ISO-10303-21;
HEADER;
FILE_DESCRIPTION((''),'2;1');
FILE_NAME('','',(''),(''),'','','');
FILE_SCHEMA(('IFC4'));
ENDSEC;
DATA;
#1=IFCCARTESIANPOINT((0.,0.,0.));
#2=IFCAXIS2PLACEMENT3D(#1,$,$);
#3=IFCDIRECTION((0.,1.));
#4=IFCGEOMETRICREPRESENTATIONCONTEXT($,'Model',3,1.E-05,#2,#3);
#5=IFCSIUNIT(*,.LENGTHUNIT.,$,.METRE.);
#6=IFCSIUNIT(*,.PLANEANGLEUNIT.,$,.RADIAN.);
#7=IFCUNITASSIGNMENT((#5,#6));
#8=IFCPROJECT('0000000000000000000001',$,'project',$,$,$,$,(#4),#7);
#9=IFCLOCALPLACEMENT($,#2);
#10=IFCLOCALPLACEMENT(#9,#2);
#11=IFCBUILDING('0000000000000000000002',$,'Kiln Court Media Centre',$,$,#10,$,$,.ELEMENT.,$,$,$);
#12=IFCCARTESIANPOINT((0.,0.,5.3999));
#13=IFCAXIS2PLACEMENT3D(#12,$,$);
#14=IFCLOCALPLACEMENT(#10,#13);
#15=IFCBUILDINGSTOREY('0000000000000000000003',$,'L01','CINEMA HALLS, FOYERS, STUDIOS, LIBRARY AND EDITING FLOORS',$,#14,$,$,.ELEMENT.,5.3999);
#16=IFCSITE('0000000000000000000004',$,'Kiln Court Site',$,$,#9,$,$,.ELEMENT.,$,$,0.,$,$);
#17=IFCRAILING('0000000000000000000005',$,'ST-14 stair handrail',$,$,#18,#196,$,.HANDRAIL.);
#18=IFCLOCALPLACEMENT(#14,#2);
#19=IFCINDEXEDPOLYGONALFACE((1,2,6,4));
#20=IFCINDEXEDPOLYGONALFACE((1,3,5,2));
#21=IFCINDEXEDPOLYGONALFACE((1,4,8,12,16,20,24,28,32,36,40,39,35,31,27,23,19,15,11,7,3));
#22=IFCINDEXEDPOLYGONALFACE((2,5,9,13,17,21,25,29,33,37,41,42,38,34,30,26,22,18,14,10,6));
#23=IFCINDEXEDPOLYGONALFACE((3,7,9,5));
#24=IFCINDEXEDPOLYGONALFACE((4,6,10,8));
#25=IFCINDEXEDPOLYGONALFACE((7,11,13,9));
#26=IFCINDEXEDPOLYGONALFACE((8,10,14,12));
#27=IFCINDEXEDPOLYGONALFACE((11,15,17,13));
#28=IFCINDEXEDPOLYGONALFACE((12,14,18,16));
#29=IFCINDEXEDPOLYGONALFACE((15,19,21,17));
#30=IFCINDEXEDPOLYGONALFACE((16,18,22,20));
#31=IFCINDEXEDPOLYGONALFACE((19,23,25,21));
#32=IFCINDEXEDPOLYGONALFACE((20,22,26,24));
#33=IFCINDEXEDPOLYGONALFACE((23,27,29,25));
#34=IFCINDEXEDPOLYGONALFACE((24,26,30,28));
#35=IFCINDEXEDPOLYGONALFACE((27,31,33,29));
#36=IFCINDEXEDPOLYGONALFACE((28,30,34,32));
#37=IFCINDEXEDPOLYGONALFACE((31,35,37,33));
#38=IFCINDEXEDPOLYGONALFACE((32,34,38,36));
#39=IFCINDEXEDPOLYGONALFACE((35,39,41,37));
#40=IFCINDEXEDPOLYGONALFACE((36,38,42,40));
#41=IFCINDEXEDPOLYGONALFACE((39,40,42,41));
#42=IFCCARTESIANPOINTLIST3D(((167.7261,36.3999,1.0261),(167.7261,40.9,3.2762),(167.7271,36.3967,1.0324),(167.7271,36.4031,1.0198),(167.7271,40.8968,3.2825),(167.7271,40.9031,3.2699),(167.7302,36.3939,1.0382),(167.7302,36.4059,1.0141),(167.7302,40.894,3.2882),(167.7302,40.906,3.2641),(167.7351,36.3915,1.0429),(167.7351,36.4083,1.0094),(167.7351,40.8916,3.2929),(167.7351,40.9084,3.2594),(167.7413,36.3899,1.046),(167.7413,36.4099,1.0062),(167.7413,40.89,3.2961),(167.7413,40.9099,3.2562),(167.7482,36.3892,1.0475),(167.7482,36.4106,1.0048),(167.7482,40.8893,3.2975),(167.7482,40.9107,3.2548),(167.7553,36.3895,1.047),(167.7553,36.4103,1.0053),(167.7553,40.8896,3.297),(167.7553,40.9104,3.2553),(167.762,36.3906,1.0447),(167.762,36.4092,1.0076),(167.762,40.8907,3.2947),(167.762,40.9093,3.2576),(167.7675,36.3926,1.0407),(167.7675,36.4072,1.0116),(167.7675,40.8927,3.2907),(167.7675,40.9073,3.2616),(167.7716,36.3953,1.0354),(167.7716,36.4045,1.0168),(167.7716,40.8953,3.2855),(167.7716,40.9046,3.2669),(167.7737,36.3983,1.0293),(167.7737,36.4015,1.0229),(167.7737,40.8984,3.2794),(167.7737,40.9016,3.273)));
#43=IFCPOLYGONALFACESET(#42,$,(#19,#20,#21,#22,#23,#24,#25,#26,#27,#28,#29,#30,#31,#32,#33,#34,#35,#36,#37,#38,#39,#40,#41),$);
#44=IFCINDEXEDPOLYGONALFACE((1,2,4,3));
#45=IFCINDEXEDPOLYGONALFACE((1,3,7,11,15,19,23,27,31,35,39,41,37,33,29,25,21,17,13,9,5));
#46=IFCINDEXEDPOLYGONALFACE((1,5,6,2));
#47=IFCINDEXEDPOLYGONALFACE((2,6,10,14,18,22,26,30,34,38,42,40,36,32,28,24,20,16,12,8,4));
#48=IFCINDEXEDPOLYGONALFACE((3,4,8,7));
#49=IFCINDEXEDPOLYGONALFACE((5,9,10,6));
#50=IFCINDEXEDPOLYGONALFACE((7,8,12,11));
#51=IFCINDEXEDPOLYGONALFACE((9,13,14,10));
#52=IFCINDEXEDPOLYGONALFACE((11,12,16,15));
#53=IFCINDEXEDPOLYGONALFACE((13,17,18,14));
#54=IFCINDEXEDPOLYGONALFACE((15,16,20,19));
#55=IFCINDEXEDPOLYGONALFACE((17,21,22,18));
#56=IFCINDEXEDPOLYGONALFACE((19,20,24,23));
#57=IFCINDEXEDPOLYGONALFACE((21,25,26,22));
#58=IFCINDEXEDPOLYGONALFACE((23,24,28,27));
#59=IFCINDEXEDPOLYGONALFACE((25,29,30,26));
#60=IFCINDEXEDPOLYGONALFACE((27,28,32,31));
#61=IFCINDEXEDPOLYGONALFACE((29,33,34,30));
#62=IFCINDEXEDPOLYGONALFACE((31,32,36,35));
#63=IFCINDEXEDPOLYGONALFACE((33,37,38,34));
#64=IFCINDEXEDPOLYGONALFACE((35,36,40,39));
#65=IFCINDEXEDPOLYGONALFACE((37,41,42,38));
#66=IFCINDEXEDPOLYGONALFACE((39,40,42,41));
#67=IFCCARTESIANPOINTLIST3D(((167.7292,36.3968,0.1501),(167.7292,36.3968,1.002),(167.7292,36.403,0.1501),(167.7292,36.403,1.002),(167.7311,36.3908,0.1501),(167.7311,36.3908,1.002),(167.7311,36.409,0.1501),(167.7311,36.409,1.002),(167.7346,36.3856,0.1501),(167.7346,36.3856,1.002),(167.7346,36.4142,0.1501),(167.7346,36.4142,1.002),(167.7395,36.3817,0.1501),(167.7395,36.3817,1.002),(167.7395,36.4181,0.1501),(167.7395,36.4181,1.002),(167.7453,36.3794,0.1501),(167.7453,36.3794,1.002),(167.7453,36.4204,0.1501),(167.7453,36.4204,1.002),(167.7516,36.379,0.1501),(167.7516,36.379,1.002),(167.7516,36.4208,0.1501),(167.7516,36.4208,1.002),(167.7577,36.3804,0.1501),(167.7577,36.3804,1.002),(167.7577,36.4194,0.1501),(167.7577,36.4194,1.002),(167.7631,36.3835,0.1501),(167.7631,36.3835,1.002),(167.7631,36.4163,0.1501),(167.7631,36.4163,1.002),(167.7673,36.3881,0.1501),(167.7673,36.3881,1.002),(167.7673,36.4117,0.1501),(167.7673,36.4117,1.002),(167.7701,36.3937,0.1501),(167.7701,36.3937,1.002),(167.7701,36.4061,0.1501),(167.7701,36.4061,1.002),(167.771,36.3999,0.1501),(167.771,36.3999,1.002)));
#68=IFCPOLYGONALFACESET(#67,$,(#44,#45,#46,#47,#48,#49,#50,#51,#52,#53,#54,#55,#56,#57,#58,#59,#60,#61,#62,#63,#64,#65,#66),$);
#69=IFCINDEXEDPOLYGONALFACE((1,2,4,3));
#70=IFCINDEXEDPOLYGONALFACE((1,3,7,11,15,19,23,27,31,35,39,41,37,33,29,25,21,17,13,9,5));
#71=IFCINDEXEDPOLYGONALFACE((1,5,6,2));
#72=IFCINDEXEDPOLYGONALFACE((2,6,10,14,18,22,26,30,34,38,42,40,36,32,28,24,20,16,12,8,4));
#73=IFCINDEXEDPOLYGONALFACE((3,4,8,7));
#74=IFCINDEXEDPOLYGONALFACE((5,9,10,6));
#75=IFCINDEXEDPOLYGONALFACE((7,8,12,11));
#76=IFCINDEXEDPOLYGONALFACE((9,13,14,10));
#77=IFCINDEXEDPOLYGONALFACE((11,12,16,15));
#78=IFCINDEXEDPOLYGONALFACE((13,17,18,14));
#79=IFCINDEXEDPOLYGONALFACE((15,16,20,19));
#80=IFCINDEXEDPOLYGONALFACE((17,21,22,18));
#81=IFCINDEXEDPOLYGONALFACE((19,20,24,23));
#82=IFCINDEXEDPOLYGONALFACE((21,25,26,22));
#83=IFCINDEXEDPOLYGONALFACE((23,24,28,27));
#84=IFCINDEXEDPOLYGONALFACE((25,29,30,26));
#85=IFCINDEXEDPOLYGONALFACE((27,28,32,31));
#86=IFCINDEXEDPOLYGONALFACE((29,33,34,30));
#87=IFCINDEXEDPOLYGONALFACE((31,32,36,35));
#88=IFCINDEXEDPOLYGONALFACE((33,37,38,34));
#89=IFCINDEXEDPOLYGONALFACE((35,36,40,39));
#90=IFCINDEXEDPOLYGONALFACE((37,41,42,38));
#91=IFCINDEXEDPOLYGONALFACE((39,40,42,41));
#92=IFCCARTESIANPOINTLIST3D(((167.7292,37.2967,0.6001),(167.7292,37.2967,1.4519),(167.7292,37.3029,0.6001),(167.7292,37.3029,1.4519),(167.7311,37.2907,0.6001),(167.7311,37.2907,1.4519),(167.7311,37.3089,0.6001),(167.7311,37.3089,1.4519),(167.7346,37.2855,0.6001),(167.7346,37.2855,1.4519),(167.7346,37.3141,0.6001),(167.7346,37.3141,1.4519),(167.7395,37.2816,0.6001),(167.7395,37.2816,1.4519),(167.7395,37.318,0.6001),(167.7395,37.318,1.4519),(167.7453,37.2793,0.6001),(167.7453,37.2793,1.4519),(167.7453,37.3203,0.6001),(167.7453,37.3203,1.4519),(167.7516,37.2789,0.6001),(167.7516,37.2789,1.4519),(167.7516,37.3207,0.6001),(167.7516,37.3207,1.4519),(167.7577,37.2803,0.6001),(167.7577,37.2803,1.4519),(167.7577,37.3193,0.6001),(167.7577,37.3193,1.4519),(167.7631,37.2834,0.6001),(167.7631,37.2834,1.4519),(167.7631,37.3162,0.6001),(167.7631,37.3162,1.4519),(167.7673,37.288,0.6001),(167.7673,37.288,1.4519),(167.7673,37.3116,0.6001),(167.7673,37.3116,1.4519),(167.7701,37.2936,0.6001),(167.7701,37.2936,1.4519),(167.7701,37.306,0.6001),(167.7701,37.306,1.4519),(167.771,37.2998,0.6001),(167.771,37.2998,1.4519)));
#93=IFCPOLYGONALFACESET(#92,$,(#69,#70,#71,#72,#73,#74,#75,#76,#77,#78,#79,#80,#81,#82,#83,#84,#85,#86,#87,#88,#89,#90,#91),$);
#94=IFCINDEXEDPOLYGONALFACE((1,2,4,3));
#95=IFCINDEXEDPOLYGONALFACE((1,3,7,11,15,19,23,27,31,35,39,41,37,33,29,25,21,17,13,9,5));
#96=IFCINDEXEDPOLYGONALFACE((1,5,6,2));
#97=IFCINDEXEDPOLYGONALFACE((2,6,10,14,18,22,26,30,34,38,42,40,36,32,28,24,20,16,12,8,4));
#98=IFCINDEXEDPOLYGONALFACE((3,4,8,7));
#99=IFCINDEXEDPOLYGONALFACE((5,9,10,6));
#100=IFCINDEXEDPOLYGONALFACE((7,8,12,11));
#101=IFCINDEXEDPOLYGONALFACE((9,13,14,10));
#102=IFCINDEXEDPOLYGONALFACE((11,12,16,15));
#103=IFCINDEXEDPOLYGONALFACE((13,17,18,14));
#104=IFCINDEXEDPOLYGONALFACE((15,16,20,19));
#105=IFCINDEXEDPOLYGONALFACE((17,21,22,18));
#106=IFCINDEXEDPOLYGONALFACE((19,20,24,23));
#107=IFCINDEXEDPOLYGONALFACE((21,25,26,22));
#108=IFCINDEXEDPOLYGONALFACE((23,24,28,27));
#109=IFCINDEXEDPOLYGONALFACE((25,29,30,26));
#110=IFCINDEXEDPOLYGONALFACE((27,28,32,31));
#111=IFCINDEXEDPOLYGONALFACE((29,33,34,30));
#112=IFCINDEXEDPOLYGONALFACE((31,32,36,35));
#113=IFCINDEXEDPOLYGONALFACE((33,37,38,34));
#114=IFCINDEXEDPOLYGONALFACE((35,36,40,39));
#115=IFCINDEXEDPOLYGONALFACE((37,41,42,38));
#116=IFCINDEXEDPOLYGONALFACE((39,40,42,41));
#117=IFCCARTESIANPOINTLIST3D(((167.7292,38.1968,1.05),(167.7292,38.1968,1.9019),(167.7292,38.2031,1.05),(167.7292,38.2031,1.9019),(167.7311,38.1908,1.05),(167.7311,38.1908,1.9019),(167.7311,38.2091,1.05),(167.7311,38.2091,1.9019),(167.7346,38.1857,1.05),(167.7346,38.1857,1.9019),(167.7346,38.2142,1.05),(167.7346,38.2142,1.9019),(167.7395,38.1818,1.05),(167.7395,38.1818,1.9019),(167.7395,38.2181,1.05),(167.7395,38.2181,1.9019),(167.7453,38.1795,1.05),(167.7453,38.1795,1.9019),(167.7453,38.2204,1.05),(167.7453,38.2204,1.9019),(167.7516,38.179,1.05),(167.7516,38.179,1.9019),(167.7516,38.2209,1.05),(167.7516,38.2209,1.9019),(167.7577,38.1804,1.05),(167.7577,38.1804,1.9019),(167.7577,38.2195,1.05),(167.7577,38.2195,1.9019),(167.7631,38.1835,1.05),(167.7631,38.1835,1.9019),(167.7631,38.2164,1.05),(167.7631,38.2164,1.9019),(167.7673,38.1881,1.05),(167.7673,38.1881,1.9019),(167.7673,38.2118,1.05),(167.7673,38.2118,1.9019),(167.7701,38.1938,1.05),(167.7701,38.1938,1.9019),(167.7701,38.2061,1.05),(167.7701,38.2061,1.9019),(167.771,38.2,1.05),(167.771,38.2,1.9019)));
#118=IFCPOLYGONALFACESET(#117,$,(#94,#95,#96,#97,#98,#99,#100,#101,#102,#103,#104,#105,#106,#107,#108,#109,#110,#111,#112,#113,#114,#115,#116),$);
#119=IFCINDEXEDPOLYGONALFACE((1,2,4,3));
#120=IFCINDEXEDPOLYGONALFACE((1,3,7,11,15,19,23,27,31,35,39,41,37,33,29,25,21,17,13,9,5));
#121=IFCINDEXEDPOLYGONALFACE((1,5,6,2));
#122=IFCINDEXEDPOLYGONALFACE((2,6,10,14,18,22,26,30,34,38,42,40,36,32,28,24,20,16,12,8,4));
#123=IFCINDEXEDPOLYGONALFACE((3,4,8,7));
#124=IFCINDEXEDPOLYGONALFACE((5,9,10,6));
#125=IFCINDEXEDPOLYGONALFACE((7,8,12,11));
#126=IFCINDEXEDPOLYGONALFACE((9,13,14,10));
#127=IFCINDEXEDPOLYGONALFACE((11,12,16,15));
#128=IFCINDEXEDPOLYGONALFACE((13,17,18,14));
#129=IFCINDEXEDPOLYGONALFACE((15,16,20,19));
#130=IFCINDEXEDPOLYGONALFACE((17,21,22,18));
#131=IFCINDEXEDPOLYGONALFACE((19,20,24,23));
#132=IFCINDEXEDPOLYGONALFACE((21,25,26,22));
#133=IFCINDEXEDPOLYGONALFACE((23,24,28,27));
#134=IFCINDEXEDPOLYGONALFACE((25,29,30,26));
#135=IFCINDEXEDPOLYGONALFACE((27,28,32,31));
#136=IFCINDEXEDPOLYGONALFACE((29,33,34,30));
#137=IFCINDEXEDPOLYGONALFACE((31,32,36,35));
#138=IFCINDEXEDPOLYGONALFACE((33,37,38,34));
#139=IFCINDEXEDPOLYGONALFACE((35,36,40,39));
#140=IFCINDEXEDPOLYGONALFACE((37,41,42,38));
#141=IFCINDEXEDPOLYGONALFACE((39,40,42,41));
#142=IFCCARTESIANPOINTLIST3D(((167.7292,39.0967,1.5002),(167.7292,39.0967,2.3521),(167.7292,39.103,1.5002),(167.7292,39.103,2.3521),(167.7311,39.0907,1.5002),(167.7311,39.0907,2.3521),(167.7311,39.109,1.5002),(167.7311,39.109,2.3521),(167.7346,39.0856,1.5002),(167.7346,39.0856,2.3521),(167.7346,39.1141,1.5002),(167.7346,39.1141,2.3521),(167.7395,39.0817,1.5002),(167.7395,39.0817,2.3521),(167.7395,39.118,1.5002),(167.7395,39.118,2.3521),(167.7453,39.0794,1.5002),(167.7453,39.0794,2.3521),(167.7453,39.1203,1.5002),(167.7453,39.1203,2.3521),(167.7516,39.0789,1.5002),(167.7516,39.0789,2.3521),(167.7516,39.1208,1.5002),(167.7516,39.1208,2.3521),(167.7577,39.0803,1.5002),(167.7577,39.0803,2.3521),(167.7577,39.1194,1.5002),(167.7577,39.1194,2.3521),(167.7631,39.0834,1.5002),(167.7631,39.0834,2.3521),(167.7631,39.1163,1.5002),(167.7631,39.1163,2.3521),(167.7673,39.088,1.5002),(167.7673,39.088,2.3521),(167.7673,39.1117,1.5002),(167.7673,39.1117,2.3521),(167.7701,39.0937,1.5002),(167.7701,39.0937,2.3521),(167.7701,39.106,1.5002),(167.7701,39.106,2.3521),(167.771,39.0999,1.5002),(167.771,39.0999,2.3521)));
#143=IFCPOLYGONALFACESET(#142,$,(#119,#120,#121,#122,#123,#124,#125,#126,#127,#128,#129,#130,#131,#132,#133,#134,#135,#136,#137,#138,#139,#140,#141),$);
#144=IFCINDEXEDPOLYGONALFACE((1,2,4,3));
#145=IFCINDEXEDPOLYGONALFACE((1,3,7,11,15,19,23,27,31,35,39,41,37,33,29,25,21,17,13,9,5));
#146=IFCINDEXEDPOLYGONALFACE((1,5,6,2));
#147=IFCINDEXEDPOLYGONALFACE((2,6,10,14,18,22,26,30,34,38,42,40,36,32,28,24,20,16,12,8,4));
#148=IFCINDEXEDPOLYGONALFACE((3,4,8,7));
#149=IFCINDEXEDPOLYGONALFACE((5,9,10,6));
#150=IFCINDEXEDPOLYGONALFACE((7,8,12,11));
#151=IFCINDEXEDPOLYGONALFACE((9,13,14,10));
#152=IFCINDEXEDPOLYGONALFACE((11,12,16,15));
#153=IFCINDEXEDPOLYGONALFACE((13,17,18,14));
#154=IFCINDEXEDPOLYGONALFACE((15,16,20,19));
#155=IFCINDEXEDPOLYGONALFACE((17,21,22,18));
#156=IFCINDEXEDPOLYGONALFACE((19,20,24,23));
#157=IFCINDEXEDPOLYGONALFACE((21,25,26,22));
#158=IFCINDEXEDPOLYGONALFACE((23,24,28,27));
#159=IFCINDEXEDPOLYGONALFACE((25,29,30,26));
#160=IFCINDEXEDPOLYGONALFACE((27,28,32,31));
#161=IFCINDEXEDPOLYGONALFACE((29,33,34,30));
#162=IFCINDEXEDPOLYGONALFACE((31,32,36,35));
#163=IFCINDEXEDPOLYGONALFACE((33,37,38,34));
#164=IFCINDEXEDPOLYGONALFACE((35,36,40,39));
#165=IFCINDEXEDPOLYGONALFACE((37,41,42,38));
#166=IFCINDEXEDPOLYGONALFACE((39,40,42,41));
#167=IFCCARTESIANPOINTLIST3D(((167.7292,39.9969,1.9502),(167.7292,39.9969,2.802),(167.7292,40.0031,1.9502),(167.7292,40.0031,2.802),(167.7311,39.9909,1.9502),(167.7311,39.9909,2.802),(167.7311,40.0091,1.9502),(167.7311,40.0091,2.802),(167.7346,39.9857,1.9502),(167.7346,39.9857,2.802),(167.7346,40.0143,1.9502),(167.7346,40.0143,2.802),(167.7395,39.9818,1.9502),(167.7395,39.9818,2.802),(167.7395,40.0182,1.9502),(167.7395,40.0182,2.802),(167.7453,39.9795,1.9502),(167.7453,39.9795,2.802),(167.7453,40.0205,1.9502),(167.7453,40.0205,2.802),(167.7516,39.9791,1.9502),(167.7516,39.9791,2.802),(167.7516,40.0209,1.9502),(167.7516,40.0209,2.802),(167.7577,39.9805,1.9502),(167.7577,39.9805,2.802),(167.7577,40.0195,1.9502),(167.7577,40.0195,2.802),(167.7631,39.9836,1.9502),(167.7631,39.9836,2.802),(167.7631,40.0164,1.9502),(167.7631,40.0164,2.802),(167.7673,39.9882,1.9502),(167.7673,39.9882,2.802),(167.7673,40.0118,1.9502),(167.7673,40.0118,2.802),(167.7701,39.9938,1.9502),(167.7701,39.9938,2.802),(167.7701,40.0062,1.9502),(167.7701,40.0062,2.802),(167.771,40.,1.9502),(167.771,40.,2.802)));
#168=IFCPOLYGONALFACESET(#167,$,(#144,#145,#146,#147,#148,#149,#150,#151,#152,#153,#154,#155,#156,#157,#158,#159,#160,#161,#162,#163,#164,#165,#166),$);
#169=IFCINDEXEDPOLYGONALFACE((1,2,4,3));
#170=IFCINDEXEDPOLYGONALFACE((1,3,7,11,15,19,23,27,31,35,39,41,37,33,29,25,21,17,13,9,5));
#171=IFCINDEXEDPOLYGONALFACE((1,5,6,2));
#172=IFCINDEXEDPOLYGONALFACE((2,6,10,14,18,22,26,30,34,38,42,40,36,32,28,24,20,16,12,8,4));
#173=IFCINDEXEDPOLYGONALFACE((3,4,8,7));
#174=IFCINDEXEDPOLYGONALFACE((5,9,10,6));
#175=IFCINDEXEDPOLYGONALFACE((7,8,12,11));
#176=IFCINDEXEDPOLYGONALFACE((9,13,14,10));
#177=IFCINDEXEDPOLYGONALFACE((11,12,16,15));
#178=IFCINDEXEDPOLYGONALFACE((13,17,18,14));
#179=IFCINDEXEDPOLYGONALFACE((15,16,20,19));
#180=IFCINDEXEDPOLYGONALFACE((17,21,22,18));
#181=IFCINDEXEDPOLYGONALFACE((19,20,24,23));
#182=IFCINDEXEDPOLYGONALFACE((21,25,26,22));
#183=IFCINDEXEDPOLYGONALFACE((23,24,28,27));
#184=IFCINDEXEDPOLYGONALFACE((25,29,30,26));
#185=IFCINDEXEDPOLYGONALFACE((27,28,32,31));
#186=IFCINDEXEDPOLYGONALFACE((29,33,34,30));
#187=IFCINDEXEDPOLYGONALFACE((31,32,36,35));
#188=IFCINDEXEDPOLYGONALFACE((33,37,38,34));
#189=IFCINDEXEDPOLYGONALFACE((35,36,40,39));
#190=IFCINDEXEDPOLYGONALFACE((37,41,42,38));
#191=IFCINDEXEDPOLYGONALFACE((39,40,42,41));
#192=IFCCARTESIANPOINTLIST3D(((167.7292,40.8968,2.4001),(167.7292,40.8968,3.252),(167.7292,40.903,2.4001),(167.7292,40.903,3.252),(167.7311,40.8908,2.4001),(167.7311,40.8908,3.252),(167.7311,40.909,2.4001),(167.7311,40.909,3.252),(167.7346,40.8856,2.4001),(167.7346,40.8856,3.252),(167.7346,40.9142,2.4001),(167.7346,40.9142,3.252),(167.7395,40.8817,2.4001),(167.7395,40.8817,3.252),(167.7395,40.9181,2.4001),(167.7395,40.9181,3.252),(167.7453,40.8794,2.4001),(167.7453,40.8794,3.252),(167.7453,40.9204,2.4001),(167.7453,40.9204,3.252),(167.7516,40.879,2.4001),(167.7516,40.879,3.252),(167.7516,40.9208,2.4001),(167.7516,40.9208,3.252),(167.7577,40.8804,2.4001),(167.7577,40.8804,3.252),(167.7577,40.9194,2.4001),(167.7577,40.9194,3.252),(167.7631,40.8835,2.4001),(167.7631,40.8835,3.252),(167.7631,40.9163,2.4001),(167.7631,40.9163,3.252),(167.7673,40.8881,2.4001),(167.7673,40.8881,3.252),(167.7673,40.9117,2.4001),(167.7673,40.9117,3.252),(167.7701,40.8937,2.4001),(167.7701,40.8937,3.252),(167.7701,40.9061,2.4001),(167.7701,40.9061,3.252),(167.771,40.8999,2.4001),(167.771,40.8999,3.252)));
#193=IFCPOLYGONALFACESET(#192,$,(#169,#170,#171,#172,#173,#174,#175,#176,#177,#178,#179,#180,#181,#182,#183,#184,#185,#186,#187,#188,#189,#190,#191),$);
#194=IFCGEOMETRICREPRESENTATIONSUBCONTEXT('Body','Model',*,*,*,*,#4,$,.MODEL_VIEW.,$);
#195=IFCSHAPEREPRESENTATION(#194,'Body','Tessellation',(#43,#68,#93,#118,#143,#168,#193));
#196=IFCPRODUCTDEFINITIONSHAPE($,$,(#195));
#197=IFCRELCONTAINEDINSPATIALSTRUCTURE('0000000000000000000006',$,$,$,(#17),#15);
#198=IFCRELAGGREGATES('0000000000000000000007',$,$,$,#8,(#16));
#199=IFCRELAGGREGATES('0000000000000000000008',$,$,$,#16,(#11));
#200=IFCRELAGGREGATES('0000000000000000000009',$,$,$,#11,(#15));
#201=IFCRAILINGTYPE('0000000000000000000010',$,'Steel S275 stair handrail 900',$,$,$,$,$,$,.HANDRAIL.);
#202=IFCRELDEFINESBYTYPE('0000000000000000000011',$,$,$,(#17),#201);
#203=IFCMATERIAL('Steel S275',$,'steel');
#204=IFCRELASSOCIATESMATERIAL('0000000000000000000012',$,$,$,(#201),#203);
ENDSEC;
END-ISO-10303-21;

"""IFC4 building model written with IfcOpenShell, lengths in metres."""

from ifc_helpers import new_model, si_unit, direction, frame, origin, origin_2d, place, context, subcontext, project, spatial, circle, extrude, material, type_object, element, save


model = new_model("IFC4")

# Units and contexts
model_context = context("Model", 3, precision=1e-05, world=origin(), true_north=direction((0.0, 1.0)))
body_context = subcontext(model_context, "Body", "Model", "MODEL_VIEW")
ifc_project = project(units=[si_unit("LENGTHUNIT", "METRE"), si_unit("PLANEANGLEUNIT", "RADIAN")], contexts=[model_context])

# Site, building, storey
site_placement = place(None, origin())
site = spatial("IfcSite", under=ifc_project, at=site_placement, Name="Kiln Court Site", CompositionType="ELEMENT", RefElevation=0.0)
building_placement = place(site_placement, origin())
building = spatial("IfcBuilding", under=site, at=building_placement, Name="Kiln Court Media Centre", CompositionType="ELEMENT")
storey_placement = place(building_placement, frame((0.0, 0.0, 5.3999)))
storey = spatial("IfcBuildingStorey", under=building, at=storey_placement, Name="L01", Description="CINEMA HALLS, FOYERS, STUDIOS, LIBRARY AND EDITING FLOORS", CompositionType="ELEMENT", Elevation=5.3999)

# Railing
ifc_material_1 = material(Name="Steel S275", Category="steel")
railing_type_1 = type_object("IfcRailingType", Name="Steel S275 stair handrail 900", PredefinedType="HANDRAIL", material=ifc_material_1)
railing_1_placement = place(storey_placement, frame((167.75, 36.3999, 0.1501)))
element("IfcRailing", 1, at=railing_1_placement, inside=storey, type_object=railing_type_1, Name="ST-14 stair handrail", PredefinedType="HANDRAIL", context=body_context, shape_type="SweptSolid", body=[
    extrude(circle(Radius=0.0239, at=origin_2d()), frame((0.0, 0.0, 0.876), z_axis=(0.0, 0.894427, 0.447214), x_axis=(-1.0, 0.0, 0.0)), (0.0, 0.0, 1.0), 5.0312),
    extrude(circle(Radius=0.021, at=origin_2d()), origin(), (0.0, 0.0, 1.0), 0.8518),
    extrude(circle(Radius=0.021, at=origin_2d()), frame((0.0, 0.8999, 0.45)), (0.0, 0.0, 1.0), 0.8518),
    extrude(circle(Radius=0.021, at=origin_2d()), frame((0.0, 1.8, 0.8999)), (0.0, 0.0, 1.0), 0.8518),
    extrude(circle(Radius=0.021, at=origin_2d()), frame((0.0, 2.7, 1.3501)), (0.0, 0.0, 1.0), 0.8518),
    extrude(circle(Radius=0.021, at=origin_2d()), frame((0.0, 3.6001, 1.8)), (0.0, 0.0, 1.0), 0.8518),
    extrude(circle(Radius=0.021, at=origin_2d()), frame((0.0, 4.5, 2.25)), (0.0, 0.0, 1.0), 0.8518),
])

save(model, "model.ifc")
